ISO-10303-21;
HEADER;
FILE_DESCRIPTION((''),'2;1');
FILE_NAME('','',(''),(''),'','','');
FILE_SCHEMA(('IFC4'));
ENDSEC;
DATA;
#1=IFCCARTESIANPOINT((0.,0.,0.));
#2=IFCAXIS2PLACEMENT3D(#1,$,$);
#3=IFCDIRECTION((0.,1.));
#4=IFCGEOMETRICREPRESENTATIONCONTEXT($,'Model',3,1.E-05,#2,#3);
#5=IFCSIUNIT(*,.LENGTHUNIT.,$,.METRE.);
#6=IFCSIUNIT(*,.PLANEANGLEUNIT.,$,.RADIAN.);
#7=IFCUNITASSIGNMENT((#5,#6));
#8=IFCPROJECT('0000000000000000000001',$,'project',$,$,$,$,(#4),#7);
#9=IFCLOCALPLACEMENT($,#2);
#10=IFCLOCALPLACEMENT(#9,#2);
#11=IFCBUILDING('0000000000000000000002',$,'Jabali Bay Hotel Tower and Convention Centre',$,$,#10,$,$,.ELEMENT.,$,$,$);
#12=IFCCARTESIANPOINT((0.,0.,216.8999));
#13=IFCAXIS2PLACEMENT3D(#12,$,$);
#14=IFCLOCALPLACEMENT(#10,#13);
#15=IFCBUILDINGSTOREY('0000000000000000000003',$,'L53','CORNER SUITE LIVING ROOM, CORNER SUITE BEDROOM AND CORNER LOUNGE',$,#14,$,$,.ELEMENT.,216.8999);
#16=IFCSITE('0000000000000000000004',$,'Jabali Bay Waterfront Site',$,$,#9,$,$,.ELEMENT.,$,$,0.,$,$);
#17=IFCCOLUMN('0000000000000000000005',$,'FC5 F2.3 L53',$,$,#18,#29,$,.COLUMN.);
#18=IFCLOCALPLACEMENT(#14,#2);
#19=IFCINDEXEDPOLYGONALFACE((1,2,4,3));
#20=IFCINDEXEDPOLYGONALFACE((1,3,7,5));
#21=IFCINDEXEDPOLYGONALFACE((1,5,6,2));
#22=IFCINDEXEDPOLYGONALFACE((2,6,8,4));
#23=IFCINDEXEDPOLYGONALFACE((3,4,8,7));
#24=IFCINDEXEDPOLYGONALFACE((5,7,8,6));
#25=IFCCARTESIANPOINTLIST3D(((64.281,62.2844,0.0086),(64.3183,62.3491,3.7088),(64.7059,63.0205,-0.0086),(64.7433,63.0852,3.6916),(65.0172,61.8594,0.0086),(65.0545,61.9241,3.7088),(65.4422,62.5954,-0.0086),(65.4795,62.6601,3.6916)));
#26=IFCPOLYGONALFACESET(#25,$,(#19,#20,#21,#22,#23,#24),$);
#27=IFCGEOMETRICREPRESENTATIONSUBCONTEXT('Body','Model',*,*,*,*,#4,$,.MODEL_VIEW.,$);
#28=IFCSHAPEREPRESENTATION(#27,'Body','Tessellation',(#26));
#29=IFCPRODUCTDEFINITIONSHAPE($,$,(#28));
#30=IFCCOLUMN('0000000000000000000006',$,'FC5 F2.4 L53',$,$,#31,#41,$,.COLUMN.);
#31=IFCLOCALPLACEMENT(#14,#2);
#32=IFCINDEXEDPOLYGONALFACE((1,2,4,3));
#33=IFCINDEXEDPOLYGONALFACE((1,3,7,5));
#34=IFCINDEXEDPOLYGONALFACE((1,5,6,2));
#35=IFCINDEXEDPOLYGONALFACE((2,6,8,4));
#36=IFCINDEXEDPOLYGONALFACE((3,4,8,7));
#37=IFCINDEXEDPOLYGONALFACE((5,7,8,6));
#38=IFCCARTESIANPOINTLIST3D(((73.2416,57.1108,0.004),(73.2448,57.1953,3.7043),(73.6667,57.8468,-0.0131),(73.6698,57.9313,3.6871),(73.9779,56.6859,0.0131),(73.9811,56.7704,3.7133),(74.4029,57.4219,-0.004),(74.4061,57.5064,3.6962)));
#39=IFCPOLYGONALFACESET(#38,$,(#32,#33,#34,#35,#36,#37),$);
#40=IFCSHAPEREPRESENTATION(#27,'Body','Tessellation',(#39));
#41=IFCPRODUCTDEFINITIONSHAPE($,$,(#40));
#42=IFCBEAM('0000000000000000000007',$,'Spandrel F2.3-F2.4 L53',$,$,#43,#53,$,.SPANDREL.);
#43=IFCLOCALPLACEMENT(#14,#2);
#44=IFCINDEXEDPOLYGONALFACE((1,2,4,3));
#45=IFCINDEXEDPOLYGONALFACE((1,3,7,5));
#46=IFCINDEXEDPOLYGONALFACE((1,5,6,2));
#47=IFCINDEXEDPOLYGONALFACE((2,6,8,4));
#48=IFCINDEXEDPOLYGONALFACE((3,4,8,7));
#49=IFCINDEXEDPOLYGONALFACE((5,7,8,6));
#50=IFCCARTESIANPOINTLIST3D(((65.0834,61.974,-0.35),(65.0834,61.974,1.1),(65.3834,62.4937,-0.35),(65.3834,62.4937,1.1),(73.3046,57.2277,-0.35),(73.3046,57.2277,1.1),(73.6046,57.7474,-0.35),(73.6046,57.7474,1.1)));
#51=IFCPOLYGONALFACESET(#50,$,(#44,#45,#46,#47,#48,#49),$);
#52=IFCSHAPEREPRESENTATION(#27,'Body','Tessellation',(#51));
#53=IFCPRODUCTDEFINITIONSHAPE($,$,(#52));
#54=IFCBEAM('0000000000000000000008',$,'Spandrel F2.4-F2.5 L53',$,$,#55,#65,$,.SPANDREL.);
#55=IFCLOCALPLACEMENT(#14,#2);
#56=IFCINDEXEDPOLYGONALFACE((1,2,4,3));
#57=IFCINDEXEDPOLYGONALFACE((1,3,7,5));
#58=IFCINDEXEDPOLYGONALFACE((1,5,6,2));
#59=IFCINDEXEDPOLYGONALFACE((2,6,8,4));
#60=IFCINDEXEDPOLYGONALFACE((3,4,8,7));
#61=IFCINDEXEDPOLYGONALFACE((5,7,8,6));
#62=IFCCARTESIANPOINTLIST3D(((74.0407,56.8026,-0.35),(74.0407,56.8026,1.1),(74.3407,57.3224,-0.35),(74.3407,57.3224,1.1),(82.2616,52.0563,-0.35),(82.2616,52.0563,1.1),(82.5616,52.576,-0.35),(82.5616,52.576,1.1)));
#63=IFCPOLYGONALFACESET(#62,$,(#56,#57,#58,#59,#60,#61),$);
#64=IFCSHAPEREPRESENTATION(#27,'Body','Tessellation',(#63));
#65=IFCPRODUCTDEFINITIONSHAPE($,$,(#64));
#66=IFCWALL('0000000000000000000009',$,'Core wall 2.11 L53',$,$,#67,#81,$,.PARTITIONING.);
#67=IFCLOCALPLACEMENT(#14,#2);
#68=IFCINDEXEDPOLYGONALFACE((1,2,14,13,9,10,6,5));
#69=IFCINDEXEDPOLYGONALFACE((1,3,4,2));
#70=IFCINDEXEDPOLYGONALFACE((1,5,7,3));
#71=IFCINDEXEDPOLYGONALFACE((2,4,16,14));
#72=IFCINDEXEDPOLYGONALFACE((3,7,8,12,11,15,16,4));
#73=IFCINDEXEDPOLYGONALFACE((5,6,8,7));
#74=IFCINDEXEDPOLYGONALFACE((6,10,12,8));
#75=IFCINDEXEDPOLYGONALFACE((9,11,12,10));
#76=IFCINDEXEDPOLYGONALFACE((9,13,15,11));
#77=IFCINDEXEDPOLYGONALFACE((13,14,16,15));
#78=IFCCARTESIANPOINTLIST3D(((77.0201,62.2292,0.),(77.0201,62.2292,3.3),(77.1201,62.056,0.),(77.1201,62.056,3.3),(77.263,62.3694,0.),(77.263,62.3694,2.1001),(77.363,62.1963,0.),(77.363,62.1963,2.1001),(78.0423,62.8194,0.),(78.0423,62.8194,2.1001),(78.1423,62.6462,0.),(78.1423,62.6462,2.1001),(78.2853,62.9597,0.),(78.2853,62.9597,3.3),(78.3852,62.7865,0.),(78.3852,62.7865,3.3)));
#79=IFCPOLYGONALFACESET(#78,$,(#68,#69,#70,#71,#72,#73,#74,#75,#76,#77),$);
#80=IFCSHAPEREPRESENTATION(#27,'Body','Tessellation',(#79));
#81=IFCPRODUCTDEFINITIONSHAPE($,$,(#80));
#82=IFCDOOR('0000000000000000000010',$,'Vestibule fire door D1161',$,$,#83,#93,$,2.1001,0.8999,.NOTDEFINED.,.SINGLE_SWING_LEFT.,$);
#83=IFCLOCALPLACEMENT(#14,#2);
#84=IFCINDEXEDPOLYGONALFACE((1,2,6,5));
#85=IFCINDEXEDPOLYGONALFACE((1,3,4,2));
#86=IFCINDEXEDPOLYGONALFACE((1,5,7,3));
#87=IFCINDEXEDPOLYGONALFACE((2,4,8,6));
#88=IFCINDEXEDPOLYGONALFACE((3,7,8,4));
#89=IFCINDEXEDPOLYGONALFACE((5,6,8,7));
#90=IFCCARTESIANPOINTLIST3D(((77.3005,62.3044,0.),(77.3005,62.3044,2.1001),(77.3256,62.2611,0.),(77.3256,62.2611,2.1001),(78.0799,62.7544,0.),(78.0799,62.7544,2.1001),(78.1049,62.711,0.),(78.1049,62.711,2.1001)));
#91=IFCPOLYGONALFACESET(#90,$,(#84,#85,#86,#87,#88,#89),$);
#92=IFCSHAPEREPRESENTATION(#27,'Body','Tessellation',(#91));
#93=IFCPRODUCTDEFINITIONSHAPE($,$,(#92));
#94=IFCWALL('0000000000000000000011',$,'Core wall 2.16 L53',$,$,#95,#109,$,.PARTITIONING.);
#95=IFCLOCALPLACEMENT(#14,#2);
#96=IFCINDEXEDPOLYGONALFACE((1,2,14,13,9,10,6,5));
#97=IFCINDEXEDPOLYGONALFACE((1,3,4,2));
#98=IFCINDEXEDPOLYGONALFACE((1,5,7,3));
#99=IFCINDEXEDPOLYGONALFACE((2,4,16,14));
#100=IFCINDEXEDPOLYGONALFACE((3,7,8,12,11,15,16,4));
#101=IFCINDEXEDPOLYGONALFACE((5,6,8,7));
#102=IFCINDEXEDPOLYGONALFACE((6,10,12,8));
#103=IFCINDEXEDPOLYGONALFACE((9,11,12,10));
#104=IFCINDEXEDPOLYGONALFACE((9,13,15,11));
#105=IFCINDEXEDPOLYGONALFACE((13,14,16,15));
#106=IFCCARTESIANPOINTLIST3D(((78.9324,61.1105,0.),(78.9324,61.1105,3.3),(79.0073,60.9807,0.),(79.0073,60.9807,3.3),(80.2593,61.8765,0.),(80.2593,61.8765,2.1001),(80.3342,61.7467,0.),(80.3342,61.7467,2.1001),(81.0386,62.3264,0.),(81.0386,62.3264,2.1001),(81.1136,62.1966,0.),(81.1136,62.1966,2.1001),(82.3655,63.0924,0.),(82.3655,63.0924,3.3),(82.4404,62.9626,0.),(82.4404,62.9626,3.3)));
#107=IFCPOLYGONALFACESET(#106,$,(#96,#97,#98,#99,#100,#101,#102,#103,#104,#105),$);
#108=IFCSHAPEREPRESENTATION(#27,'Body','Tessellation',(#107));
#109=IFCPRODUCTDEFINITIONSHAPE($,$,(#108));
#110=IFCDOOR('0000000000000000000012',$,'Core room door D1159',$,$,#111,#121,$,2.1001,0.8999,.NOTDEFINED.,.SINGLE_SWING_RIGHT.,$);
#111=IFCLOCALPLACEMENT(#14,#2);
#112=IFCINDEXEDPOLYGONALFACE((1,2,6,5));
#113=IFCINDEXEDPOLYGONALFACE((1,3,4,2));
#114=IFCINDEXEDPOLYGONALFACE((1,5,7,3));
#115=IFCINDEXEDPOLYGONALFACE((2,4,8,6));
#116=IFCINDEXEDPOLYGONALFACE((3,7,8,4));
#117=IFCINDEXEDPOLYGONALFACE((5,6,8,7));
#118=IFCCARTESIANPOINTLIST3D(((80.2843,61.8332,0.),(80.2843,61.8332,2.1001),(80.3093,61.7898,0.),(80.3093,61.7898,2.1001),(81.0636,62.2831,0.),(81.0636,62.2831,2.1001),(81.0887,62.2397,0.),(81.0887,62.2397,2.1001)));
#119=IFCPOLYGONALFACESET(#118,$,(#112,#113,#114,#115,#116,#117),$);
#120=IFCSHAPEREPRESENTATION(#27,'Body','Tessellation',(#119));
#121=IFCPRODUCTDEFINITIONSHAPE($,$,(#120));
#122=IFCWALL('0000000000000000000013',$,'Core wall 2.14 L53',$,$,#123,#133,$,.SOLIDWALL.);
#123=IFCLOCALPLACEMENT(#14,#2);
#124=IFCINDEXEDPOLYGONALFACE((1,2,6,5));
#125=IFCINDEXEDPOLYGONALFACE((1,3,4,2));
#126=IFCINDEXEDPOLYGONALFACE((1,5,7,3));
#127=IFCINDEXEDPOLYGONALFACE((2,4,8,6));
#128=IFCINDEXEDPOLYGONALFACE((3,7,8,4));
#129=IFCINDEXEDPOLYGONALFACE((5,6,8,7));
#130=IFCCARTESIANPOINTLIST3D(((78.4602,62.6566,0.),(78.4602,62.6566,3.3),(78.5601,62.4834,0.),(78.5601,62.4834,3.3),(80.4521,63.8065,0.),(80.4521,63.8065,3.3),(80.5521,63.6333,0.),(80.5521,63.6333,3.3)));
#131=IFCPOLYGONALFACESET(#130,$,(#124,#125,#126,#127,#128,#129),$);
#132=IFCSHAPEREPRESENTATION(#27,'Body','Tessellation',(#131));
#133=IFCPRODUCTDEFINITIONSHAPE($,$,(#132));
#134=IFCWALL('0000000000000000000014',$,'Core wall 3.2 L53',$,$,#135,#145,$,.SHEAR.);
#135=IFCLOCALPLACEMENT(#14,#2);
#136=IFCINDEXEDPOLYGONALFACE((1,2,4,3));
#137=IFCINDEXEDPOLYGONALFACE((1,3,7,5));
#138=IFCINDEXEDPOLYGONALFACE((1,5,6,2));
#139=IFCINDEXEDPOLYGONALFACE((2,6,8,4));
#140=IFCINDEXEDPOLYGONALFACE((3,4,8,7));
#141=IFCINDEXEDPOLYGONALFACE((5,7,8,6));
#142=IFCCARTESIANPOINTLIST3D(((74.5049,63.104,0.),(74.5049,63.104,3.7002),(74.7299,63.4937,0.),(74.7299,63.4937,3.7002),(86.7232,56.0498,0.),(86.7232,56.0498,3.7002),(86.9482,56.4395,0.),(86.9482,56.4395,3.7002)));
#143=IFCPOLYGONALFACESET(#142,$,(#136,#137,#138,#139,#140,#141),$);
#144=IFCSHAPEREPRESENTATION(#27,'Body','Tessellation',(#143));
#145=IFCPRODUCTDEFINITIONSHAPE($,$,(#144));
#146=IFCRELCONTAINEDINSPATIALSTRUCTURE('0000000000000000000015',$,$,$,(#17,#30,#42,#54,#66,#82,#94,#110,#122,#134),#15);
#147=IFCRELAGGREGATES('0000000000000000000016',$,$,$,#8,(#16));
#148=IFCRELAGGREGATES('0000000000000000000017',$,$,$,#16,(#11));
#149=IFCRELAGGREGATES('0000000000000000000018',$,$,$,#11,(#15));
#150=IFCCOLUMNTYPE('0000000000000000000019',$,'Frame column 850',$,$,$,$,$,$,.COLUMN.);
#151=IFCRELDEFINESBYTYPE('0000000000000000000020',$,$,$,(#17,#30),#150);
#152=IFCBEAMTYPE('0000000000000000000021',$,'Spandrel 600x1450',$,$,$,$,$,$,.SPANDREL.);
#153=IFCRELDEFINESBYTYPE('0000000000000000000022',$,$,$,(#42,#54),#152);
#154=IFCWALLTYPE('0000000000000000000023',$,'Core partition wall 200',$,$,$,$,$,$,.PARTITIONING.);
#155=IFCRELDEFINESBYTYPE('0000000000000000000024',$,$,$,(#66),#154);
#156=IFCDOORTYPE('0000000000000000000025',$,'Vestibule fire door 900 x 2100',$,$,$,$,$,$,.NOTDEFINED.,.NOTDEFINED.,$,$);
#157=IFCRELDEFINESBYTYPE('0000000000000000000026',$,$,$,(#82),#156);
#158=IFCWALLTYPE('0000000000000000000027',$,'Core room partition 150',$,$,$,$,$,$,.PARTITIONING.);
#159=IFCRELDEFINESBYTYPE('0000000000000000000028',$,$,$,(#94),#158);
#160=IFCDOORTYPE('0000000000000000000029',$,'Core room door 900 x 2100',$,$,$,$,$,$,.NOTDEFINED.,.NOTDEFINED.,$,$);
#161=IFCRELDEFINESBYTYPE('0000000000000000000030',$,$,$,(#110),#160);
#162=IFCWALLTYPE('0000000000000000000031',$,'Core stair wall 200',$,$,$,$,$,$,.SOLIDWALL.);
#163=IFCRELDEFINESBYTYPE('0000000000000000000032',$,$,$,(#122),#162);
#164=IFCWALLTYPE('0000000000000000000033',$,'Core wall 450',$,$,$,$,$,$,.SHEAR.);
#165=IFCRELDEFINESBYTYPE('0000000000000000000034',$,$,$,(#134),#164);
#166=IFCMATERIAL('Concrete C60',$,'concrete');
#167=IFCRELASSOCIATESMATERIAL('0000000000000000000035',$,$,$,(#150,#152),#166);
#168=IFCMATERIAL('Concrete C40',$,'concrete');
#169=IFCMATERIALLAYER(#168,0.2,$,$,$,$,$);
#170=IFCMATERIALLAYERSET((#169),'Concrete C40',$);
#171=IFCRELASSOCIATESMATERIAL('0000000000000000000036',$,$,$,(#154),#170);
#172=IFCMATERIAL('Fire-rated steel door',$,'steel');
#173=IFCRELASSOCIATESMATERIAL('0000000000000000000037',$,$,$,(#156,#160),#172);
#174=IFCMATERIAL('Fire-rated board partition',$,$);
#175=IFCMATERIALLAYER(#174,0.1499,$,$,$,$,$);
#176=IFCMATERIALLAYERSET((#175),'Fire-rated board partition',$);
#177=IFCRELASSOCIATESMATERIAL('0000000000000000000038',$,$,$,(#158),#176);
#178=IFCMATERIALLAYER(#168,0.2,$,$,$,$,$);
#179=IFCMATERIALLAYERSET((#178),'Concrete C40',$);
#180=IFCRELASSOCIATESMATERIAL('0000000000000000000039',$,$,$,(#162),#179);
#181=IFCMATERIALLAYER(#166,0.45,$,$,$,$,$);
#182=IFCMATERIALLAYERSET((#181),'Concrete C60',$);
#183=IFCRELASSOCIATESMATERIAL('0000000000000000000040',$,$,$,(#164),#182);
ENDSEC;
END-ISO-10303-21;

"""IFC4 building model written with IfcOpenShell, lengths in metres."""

from ifc_helpers import new_model, si_unit, direction, frame, frame_2d, origin, origin_2d, place, context, subcontext, project, spatial, rectangle, extrude, material, layer, layer_set, material_profile, profile_set, type_object, element, fill, save


model = new_model("IFC4")

# Units and contexts
model_context = context("Model", 3, precision=1e-05, world=origin(), true_north=direction((0.0, 1.0)))
body_context = subcontext(model_context, "Body", "Model", "MODEL_VIEW")
ifc_project = project(units=[si_unit("LENGTHUNIT", "METRE"), si_unit("PLANEANGLEUNIT", "RADIAN")], contexts=[model_context])

# Site, building, storey
site_placement = place(None, origin())
site = spatial("IfcSite", under=ifc_project, at=site_placement, Name="Jabali Bay Waterfront Site", CompositionType="ELEMENT", RefElevation=0.0)
building_placement = place(site_placement, origin())
building = spatial("IfcBuilding", under=site, at=building_placement, Name="Jabali Bay Hotel Tower and Convention Centre", CompositionType="ELEMENT")
storey_placement = place(building_placement, frame((0.0, 0.0, 216.8999)))
storey = spatial("IfcBuildingStorey", under=building, at=storey_placement, Name="L53", Description="CORNER SUITE LIVING ROOM, CORNER SUITE BEDROOM AND CORNER LOUNGE", CompositionType="ELEMENT", Elevation=216.8999)

# Columns
ifc_material_1 = material(Name="Concrete C60", Category="concrete")
ifc_material_profile_1 = material_profile(ifc_material_1, rectangle(XDim=0.8501, YDim=0.8501, at=origin_2d()), Name="Frame column 850")
ifc_profile_set_1 = profile_set([ifc_material_profile_1], Name="Concrete C60")
column_type = type_object("IfcColumnType", Name="Frame column 850", PredefinedType="COLUMN", material=ifc_profile_set_1)
column_1_placement = place(storey_placement, frame((64.8616, 62.4399, 0.0), z_axis=(0.010093, 0.017481, 0.999796), x_axis=(-0.866026, 0.499999, 0.0)))
element("IfcColumn", 1, at=column_1_placement, inside=storey, type_object=column_type, Name="FC5 F2.3 L53", PredefinedType="COLUMN", context=body_context, shape_type="SweptSolid", body=[
    extrude(rectangle(XDim=0.8501, YDim=0.8501, at=origin_2d()), origin(), (0.0, 0.0, 1.0), 3.7009),
])
column_2_placement = place(storey_placement, frame((73.8223, 57.2664, 0.0), z_axis=(0.000858, 0.022823, 0.999739), x_axis=(-0.499949, -0.865819, 0.020195)))
element("IfcColumn", 2, at=column_2_placement, inside=storey, type_object=column_type, Name="FC5 F2.4 L53", PredefinedType="COLUMN", context=body_context, shape_type="SweptSolid", body=[
    extrude(rectangle(XDim=0.8501, YDim=0.8501, at=origin_2d()), origin(), (0.0, 0.0, 1.0), 3.7012),
])

# Beams
ifc_material_profile_2 = material_profile(ifc_material_1, rectangle(XDim=0.6001, YDim=1.45, at=origin_2d()), Name="Spandrel 600x1450")
ifc_profile_set_2 = profile_set([ifc_material_profile_2], Name="Concrete C60")
beam_type = type_object("IfcBeamType", Name="Spandrel 600x1450", PredefinedType="SPANDREL", material=ifc_profile_set_2)
beam_1_placement = place(storey_placement, frame((65.2334, 62.2339, 0.375), z_axis=(0.866033, -0.499987, 0.0), x_axis=(0.499987, 0.866033, 0.0)))
element("IfcBeam", 3, at=beam_1_placement, inside=storey, type_object=beam_type, Name="Spandrel F2.3-F2.4 L53", PredefinedType="SPANDREL", context=body_context, shape_type="SweptSolid", body=[
    extrude(rectangle(XDim=0.6001, YDim=1.45, at=origin_2d()), origin(), (0.0, 0.0, 1.0), 9.4929),
])
beam_2_placement = place(storey_placement, frame((74.1907, 57.0625, 0.375), z_axis=(0.866027, -0.499998, 0.0), x_axis=(0.499998, 0.866027, 0.0)))
element("IfcBeam", 4, at=beam_2_placement, inside=storey, type_object=beam_type, Name="Spandrel F2.4-F2.5 L53", PredefinedType="SPANDREL", context=body_context, shape_type="SweptSolid", body=[
    extrude(rectangle(XDim=0.6001, YDim=1.45, at=origin_2d()), origin(), (0.0, 0.0, 1.0), 9.4927),
])

# Walls, openings, doors
ifc_material_2 = material(Name="Concrete C40", Category="concrete")
ifc_layer_1 = layer(ifc_material_2, 0.2)
ifc_layer_set_1 = layer_set([ifc_layer_1], Name="Concrete C40")
wall_type_1 = type_object("IfcWallType", Name="Core partition wall 200", PredefinedType="PARTITIONING", material=ifc_layer_set_1)
wall_1_placement = place(storey_placement, frame((77.0701, 62.1426, 0.0), z_axis=(0.0, 0.0, 1.0), x_axis=(0.866013, 0.500021, 0.0)))
wall_1 = element("IfcWall", 5, at=wall_1_placement, inside=storey, type_object=wall_type_1, Name="Core wall 2.11 L53", PredefinedType="PARTITIONING", context=body_context, shape_type="SweptSolid", body=[
    extrude(rectangle(XDim=1.4609, YDim=0.2, at=frame_2d((0.7305, 0.0))), origin(), (0.0, 0.0, 1.0), 3.3),
])
opening_1_placement = place(wall_1_placement, frame((0.2805, 0.0, 0.0)))
opening_1 = element("IfcOpeningElement", 6, at=opening_1_placement, cuts=wall_1, PredefinedType="OPENING", context=body_context, shape_type="SweptSolid", body=[
    extrude(rectangle(XDim=0.8999, YDim=2.1001, at=frame_2d((0.45, 1.05))), frame((0.0, 0.1104, 0.0), z_axis=(0.0, -1.0, 0.0), x_axis=(1.0, 0.0, 0.0)), (0.0, 0.0, 1.0), 0.2209),
])
ifc_material_3 = material(Name="Fire-rated steel door", Category="steel")
door_type_1 = type_object("IfcDoorType", Name="Vestibule fire door 900 x 2100", OperationType="NOTDEFINED", PredefinedType="NOTDEFINED", material=ifc_material_3)
door_1_placement = place(opening_1_placement, origin())
door_1 = element("IfcDoor", 7, at=door_1_placement, inside=storey, type_object=door_type_1, Name="Vestibule fire door D1161", OperationType="SINGLE_SWING_LEFT", OverallHeight=2.1001, OverallWidth=0.8999, PredefinedType="NOTDEFINED", context=body_context, shape_type="SweptSolid", body=[
    extrude(rectangle(XDim=0.8999, YDim=2.1001, at=frame_2d((0.45, 1.05))), frame((0.0, 0.0249, 0.0), z_axis=(0.0, -1.0, 0.0), x_axis=(1.0, 0.0, 0.0)), (0.0, 0.0, 1.0), 0.05),
])
fill(opening_1, door_1)
ifc_material_4 = material(Name="Fire-rated board partition")
ifc_layer_2 = layer(ifc_material_4, 0.1499)
ifc_layer_set_2 = layer_set([ifc_layer_2], Name="Fire-rated board partition")
wall_type_2 = type_object("IfcWallType", Name="Core room partition 150", PredefinedType="PARTITIONING", material=ifc_layer_set_2)
wall_2_placement = place(storey_placement, frame((78.97, 61.0457, 0.0), z_axis=(0.0, 0.0, 1.0), x_axis=(0.866044, 0.499968, 0.0)))
wall_2 = element("IfcWall", 8, at=wall_2_placement, inside=storey, type_object=wall_type_2, Name="Core wall 2.16 L53", PredefinedType="PARTITIONING", context=body_context, shape_type="SweptSolid", body=[
    extrude(rectangle(XDim=3.9641, YDim=0.1499, at=frame_2d((1.9819, 0.0))), origin(), (0.0, 0.0, 1.0), 3.3),
])
opening_2_placement = place(wall_2_placement, frame((1.532, 0.0, 0.0)))
opening_2 = element("IfcOpeningElement", 9, at=opening_2_placement, cuts=wall_2, PredefinedType="OPENING", context=body_context, shape_type="SweptSolid", body=[
    extrude(rectangle(XDim=0.8999, YDim=2.1001, at=frame_2d((0.45, 1.05))), frame((0.0, 0.0854, 0.0), z_axis=(0.0, -1.0, 0.0), x_axis=(1.0, 0.0, 0.0)), (0.0, 0.0, 1.0), 0.1709),
])
door_type_2 = type_object("IfcDoorType", Name="Core room door 900 x 2100", OperationType="NOTDEFINED", PredefinedType="NOTDEFINED", material=ifc_material_3)
door_2_placement = place(opening_2_placement, origin())
door_2 = element("IfcDoor", 10, at=door_2_placement, inside=storey, type_object=door_type_2, Name="Core room door D1159", OperationType="SINGLE_SWING_RIGHT", OverallHeight=2.1001, OverallWidth=0.8999, PredefinedType="NOTDEFINED", context=body_context, shape_type="SweptSolid", body=[
    extrude(rectangle(XDim=0.8999, YDim=2.1001, at=frame_2d((0.45, 1.05))), frame((0.0, 0.0249, 0.0), z_axis=(0.0, -1.0, 0.0), x_axis=(1.0, 0.0, 0.0)), (0.0, 0.0, 1.0), 0.05),
])
fill(opening_2, door_2)

# Walls
ifc_layer_3 = layer(ifc_material_2, 0.2)
ifc_layer_set_3 = layer_set([ifc_layer_3], Name="Concrete C40")
wall_type_3 = type_object("IfcWallType", Name="Core stair wall 200", PredefinedType="SOLIDWALL", material=ifc_layer_set_3)
wall_3_placement = place(storey_placement, frame((78.5103, 62.5701, 0.0), z_axis=(0.0, 0.0, 1.0), x_axis=(0.866053, 0.499952, 0.0)))
element("IfcWall", 11, at=wall_3_placement, inside=storey, type_object=wall_type_3, Name="Core wall 2.14 L53", PredefinedType="SOLIDWALL", context=body_context, shape_type="SweptSolid", body=[
    extrude(rectangle(XDim=2.3, YDim=0.2, at=frame_2d((1.1499, 0.0))), origin(), (0.0, 0.0, 1.0), 3.3),
])
ifc_layer_4 = layer(ifc_material_1, 0.45)
ifc_layer_set_4 = layer_set([ifc_layer_4], Name="Concrete C60")
wall_type_4 = type_object("IfcWallType", Name="Core wall 450", PredefinedType="SHEAR", material=ifc_layer_set_4)
wall_4_placement = place(storey_placement, frame((74.6174, 63.2988, 0.0), z_axis=(0.0, 0.0, 1.0), x_axis=(0.866026, -0.499999, 0.0)))
element("IfcWall", 12, at=wall_4_placement, inside=storey, type_object=wall_type_4, Name="Core wall 3.2 L53", PredefinedType="SHEAR", context=body_context, shape_type="SweptSolid", body=[
    extrude(rectangle(XDim=14.1084, YDim=0.45, at=frame_2d((7.0542, 0.0))), origin(), (0.0, 0.0, 1.0), 3.7002),
])

save(model, "model.ifc")
